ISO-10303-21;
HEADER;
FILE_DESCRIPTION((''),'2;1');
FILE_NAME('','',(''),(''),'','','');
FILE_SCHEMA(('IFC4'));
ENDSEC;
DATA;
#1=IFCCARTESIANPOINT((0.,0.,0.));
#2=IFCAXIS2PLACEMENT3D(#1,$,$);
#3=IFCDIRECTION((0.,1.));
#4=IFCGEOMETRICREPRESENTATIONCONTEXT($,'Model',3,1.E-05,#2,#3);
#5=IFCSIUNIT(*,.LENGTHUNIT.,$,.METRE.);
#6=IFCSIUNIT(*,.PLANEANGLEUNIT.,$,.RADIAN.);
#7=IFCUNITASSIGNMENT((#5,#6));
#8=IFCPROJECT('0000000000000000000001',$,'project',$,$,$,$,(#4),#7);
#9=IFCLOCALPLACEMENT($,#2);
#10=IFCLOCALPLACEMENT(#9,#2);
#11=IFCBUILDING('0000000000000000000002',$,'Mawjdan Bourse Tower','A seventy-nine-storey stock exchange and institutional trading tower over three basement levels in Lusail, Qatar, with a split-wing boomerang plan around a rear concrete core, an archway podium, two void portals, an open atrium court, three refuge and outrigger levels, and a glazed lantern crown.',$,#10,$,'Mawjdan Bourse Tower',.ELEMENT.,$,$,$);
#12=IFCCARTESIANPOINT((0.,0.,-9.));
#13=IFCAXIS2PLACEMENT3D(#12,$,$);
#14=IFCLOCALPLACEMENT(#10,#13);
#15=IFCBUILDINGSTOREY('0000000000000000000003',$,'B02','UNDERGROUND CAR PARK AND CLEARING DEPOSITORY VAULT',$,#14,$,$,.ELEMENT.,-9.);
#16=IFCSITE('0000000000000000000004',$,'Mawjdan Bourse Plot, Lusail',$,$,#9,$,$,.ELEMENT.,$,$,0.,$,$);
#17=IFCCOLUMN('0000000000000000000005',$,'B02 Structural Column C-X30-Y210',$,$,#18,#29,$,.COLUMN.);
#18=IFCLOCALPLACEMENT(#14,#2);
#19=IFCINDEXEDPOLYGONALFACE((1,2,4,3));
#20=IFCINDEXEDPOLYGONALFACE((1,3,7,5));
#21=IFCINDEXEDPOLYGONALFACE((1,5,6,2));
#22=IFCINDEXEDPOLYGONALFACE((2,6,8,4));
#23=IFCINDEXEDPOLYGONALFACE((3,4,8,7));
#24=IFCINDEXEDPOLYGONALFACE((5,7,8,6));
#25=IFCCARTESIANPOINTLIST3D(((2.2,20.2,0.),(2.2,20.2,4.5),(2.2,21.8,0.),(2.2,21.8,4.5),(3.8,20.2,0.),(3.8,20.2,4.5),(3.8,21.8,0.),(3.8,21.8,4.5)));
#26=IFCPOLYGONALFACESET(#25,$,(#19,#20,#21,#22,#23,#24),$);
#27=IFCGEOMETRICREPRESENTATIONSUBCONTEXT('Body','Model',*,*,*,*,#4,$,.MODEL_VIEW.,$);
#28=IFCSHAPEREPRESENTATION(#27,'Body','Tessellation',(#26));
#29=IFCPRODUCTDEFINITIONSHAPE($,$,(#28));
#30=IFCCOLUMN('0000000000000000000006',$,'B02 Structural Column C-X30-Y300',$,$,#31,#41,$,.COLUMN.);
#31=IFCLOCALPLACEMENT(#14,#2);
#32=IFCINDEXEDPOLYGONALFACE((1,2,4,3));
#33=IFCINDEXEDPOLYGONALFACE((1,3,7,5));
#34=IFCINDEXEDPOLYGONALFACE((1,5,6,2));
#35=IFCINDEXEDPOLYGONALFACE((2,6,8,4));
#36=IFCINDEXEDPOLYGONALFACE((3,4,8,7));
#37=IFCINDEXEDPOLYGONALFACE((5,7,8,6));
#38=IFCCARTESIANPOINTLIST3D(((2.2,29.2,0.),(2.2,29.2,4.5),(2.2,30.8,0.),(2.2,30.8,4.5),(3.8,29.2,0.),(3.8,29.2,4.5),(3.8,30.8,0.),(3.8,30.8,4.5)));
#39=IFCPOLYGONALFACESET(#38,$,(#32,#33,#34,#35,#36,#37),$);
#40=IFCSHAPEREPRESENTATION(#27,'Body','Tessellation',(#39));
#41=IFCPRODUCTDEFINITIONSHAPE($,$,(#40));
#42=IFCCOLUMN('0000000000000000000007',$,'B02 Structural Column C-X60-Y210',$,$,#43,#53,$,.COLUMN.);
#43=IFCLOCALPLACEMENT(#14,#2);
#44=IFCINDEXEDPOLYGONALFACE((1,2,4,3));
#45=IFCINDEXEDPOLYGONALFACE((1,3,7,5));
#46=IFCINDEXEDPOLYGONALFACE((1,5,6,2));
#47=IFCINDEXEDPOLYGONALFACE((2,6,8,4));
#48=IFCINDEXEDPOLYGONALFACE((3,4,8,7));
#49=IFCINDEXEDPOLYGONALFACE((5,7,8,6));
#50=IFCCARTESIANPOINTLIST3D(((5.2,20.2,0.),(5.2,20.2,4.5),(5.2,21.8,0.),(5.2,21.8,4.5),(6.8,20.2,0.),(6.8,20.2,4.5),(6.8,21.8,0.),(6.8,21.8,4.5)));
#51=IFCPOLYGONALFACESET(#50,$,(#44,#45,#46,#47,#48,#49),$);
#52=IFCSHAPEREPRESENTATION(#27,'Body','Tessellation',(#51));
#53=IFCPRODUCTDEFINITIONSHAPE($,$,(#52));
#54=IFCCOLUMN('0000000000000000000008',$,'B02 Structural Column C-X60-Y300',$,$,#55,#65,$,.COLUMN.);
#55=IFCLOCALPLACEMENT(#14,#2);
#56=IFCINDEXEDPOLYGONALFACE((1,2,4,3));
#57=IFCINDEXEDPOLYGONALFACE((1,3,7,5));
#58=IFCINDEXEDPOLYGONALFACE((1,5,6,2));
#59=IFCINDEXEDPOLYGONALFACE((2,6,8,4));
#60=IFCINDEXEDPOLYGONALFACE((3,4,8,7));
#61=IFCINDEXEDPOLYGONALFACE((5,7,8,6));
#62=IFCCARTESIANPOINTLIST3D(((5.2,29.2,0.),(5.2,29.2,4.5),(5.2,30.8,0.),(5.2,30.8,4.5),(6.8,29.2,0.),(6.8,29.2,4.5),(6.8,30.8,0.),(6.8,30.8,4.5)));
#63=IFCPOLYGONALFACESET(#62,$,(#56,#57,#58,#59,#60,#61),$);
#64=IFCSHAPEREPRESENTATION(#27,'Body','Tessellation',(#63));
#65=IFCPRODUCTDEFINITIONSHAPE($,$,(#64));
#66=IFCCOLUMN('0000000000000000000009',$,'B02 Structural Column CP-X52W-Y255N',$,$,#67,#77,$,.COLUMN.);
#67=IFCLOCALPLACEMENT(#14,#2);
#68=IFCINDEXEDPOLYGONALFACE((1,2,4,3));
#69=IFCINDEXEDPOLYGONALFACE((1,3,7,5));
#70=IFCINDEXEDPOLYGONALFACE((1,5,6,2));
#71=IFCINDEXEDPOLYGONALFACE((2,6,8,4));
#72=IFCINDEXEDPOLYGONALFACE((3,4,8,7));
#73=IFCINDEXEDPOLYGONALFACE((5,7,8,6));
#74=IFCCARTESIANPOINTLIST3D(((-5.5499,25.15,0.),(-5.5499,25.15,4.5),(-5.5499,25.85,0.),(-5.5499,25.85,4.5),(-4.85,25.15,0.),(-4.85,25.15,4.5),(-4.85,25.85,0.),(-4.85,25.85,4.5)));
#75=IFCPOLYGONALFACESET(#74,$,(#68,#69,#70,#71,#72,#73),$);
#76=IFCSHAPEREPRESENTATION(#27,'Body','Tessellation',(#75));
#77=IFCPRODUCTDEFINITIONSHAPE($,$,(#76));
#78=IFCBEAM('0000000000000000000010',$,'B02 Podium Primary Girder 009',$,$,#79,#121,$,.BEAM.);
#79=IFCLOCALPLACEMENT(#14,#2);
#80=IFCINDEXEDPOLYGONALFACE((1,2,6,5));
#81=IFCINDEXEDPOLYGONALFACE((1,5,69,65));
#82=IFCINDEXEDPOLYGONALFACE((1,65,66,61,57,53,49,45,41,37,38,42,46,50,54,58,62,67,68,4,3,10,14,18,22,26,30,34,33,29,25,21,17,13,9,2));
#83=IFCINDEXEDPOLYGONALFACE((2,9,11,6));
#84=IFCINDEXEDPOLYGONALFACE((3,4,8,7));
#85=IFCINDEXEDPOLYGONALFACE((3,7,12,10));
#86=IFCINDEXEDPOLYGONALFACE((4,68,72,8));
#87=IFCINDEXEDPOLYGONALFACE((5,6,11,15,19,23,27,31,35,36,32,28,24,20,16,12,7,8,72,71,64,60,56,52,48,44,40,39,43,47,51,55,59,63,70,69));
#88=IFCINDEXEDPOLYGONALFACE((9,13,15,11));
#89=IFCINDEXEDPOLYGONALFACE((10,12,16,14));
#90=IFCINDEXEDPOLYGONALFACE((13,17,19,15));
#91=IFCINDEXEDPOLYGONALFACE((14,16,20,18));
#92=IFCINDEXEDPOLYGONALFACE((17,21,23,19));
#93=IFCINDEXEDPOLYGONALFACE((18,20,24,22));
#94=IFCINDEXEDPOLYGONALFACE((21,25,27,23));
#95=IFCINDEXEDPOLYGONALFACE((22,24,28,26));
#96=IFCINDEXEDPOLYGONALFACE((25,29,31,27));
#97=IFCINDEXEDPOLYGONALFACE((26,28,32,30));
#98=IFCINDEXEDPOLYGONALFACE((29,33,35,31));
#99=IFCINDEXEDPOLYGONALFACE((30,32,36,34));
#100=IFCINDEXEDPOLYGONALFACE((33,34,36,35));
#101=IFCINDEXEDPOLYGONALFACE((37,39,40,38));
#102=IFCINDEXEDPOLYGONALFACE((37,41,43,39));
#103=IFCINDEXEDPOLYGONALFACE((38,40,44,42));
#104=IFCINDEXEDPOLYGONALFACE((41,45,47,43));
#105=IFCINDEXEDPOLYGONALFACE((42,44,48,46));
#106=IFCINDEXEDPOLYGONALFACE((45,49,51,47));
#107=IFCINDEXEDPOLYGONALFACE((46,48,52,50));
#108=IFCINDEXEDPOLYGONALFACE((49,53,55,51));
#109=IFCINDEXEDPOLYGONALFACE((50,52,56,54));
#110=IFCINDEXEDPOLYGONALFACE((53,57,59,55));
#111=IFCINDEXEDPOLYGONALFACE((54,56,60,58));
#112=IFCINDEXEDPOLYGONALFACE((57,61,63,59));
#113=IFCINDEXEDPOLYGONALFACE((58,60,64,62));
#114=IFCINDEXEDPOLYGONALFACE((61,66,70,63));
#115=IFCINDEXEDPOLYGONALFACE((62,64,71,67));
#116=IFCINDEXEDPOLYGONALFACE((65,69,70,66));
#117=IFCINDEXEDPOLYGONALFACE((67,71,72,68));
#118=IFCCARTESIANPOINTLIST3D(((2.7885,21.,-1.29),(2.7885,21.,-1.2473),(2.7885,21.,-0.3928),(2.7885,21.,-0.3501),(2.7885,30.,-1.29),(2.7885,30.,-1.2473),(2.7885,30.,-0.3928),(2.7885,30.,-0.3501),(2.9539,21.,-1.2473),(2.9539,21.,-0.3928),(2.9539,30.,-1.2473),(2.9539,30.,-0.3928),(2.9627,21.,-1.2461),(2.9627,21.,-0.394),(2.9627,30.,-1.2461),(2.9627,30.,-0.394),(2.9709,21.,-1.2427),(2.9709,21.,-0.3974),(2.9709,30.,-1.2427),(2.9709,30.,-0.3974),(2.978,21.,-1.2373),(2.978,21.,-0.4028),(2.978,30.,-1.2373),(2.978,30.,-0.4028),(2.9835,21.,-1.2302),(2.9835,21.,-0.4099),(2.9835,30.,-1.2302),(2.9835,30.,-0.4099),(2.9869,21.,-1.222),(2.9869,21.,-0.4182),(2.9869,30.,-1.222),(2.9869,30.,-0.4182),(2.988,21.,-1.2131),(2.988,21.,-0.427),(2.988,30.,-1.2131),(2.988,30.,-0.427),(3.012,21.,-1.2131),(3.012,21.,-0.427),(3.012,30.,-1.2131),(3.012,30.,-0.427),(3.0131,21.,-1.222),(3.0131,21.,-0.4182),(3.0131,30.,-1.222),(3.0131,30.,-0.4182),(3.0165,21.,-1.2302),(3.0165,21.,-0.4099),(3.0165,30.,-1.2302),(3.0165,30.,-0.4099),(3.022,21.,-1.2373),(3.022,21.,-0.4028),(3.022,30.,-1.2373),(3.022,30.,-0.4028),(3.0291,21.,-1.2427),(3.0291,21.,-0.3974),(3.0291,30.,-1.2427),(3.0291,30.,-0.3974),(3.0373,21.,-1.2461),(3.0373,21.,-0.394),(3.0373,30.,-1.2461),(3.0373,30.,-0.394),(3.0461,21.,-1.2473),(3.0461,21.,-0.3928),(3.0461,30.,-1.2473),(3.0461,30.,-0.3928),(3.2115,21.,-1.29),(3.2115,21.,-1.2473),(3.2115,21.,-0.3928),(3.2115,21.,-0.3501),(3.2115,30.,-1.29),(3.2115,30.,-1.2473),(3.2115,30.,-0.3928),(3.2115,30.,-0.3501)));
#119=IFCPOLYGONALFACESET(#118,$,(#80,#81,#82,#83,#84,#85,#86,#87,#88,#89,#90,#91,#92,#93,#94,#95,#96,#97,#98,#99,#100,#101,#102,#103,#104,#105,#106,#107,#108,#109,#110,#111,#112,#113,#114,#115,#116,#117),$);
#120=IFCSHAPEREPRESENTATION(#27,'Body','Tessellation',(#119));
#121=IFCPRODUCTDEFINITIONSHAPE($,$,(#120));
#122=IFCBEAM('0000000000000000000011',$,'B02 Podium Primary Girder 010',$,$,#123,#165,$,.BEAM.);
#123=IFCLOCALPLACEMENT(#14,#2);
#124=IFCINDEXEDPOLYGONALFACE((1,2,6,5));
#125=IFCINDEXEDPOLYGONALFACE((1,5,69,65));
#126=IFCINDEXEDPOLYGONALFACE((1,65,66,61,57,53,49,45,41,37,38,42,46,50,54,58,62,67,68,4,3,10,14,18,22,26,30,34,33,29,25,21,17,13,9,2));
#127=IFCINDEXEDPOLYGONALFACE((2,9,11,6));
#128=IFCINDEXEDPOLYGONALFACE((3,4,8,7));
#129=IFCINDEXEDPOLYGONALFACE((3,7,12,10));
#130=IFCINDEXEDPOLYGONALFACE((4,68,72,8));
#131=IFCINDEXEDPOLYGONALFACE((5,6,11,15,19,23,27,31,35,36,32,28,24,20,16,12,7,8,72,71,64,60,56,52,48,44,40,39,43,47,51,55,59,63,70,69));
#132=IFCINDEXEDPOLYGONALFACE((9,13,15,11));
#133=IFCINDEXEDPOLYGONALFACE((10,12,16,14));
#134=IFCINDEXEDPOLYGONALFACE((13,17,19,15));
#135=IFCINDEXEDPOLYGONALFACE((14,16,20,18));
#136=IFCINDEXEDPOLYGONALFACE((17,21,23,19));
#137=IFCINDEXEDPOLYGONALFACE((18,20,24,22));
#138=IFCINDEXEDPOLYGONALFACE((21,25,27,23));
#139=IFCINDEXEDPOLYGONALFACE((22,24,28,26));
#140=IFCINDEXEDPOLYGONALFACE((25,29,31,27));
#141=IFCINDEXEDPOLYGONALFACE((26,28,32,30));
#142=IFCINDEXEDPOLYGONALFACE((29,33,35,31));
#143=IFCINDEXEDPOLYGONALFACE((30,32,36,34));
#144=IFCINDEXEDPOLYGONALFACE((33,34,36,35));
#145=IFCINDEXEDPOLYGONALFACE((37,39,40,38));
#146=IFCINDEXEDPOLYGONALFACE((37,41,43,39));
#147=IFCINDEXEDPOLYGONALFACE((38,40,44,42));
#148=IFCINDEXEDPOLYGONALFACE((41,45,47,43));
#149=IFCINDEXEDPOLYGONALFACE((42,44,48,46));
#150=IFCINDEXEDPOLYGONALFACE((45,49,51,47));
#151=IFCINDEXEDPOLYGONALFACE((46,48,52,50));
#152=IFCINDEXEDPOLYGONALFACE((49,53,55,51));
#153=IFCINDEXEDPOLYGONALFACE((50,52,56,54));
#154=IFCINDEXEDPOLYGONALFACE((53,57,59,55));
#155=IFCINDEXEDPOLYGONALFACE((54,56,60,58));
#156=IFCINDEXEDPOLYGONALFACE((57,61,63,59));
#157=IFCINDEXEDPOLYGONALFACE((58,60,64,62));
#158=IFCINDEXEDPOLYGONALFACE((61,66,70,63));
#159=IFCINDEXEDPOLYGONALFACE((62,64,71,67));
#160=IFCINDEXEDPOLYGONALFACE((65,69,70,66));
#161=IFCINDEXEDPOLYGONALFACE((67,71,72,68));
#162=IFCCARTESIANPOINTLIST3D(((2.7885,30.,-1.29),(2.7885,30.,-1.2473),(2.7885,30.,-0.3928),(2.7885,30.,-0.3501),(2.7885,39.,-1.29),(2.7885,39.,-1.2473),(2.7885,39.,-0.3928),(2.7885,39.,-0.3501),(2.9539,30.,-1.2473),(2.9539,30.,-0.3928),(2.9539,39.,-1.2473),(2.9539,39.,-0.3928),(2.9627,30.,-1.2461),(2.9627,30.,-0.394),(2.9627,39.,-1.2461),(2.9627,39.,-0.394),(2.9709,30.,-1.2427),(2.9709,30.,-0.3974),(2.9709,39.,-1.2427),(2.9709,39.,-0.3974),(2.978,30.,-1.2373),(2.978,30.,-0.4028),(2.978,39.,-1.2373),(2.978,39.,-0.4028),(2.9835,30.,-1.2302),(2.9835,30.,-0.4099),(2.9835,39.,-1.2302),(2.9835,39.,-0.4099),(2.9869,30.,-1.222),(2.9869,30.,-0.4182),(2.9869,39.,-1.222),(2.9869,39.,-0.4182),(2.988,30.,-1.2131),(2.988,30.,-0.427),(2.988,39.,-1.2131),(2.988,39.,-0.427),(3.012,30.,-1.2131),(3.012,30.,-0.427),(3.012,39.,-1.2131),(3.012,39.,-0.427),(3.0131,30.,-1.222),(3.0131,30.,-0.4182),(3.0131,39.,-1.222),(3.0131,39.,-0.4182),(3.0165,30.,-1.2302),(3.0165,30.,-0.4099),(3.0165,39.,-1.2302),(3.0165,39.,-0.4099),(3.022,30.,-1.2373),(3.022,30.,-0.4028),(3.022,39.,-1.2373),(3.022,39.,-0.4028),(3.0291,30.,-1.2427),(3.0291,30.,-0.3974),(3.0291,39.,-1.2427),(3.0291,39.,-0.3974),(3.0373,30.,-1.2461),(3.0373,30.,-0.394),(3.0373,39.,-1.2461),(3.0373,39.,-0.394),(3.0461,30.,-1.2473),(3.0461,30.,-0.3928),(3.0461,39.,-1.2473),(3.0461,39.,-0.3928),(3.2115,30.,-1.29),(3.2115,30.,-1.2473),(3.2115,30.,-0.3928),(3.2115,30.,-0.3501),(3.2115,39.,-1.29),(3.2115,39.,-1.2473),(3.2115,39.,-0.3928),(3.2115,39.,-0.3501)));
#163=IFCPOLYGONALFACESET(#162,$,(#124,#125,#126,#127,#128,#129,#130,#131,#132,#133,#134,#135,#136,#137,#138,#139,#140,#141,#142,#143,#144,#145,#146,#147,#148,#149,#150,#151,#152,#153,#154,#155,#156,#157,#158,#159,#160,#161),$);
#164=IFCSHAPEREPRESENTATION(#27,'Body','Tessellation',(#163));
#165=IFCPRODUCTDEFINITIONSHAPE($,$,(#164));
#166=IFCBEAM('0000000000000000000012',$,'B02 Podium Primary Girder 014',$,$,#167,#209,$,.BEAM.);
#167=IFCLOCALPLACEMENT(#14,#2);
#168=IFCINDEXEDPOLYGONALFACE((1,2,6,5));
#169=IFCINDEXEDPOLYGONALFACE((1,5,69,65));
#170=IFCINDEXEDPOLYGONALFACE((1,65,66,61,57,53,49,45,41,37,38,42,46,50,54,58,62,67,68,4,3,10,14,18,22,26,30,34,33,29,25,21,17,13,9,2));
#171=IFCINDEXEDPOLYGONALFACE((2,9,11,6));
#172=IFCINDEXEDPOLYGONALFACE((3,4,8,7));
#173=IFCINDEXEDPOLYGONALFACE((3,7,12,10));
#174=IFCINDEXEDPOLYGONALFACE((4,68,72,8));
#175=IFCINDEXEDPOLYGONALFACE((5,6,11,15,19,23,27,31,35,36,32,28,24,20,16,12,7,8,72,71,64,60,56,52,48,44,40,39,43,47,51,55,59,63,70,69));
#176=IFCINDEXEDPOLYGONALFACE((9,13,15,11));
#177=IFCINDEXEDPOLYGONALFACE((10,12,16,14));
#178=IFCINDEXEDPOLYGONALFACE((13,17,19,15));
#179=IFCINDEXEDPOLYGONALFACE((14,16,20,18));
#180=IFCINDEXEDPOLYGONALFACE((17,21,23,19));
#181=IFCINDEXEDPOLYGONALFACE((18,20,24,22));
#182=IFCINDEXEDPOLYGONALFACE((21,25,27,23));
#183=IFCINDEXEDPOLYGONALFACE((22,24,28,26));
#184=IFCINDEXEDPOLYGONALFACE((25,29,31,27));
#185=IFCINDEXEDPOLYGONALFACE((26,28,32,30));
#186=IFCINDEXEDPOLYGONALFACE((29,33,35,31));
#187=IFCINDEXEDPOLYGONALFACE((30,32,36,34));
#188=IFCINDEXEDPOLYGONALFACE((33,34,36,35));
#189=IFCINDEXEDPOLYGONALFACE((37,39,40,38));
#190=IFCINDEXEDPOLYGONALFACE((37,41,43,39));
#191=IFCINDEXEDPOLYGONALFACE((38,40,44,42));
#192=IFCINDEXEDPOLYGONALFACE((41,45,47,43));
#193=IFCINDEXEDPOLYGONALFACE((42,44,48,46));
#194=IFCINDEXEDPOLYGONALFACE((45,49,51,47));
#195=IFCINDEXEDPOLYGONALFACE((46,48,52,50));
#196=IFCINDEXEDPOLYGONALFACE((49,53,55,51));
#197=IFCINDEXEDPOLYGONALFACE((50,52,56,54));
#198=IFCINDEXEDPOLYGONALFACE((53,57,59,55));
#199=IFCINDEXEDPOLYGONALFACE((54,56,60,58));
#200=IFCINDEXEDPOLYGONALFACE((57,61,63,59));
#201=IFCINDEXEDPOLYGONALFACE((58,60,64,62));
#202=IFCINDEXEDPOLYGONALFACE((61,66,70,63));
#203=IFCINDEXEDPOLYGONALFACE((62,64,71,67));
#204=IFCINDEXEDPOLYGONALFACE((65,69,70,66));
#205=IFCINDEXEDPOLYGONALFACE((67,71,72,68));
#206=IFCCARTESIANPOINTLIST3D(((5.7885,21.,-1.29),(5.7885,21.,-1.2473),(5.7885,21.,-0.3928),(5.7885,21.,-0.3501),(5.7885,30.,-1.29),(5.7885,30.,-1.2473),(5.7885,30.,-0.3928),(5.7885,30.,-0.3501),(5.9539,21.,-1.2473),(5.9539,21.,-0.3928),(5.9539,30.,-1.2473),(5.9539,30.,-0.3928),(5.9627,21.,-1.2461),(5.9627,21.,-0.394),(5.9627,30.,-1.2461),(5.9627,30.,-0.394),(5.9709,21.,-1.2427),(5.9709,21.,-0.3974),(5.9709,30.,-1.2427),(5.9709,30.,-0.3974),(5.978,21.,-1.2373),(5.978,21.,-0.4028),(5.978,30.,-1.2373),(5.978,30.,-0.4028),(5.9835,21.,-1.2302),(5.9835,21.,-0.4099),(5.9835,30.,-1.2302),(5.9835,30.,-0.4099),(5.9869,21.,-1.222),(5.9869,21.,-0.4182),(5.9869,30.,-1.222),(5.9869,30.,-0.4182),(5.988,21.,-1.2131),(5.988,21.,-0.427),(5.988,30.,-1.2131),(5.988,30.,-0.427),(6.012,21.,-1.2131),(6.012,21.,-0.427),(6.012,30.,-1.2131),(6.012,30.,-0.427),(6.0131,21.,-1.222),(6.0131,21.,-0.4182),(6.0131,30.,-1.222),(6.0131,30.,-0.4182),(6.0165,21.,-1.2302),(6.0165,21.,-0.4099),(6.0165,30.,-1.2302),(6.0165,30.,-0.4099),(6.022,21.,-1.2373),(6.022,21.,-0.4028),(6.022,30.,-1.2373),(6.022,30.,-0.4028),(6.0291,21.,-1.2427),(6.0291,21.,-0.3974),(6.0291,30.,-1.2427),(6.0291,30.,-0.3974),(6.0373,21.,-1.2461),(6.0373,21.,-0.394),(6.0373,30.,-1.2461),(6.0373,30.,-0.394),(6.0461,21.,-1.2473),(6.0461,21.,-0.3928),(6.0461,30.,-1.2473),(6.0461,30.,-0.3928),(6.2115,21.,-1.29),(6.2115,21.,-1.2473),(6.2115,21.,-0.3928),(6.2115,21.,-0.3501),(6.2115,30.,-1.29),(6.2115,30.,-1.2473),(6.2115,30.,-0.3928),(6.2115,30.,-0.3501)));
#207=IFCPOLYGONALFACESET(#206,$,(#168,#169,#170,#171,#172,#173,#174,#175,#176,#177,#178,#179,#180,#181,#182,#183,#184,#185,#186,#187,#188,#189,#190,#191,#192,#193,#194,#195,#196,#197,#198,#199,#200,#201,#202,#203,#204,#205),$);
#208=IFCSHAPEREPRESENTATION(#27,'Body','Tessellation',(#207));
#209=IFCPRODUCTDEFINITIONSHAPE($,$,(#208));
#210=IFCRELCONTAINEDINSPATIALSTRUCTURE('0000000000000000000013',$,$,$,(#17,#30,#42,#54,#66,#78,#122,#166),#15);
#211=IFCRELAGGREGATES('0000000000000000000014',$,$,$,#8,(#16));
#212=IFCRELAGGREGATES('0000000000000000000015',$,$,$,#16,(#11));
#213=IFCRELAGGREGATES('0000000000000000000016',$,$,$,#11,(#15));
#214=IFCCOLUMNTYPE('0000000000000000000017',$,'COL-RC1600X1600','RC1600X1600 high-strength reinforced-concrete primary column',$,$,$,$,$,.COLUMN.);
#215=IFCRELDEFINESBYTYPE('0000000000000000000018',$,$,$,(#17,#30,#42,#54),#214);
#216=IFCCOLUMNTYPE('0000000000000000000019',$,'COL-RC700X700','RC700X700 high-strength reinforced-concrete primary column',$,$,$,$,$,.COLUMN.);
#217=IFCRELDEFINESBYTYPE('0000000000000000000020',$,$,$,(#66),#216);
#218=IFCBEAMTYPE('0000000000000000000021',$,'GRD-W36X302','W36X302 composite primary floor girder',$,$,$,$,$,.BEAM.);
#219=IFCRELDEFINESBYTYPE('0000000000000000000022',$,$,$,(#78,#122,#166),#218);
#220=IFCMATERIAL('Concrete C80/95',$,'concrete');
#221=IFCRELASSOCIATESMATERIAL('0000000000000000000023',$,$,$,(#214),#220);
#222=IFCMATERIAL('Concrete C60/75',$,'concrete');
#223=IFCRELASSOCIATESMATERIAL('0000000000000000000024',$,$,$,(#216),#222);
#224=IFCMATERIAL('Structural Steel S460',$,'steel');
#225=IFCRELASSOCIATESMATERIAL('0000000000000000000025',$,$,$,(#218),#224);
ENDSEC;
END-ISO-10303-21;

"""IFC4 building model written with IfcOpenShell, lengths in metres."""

from ifc_helpers import new_model, si_unit, direction, frame, origin, origin_2d, place, context, subcontext, project, spatial, rectangle, i_section, extrude, material, material_profile, profile_set, type_object, element, save


model = new_model("IFC4")

# Units and contexts
model_context = context("Model", 3, precision=1e-05, world=origin(), true_north=direction((0.0, 1.0)))
body_context = subcontext(model_context, "Body", "Model", "MODEL_VIEW")
ifc_project = project(units=[si_unit("LENGTHUNIT", "METRE"), si_unit("PLANEANGLEUNIT", "RADIAN")], contexts=[model_context])

# Site, building, storey
site_placement = place(None, origin())
site = spatial("IfcSite", under=ifc_project, at=site_placement, Name="Mawjdan Bourse Plot, Lusail", CompositionType="ELEMENT", RefElevation=0.0)
building_placement = place(site_placement, origin())
building = spatial("IfcBuilding", under=site, at=building_placement, Name="Mawjdan Bourse Tower", Description="A seventy-nine-storey stock exchange and institutional trading tower over three basement levels in Lusail, Qatar, with a split-wing boomerang plan around a rear concrete core, an archway podium, two void portals, an open atrium court, three refuge and outrigger levels, and a glazed lantern crown.", LongName="Mawjdan Bourse Tower", CompositionType="ELEMENT")
storey_placement = place(building_placement, frame((0.0, 0.0, -9.0)))
storey = spatial("IfcBuildingStorey", under=building, at=storey_placement, Name="B02", Description="UNDERGROUND CAR PARK AND CLEARING DEPOSITORY VAULT", CompositionType="ELEMENT", Elevation=-9.0)

# Columns
ifc_material_1 = material(Name="Concrete C80/95", Category="concrete")
ifc_material_profile_1 = material_profile(ifc_material_1, rectangle(XDim=1.6001, YDim=1.6001, at=origin_2d()), Name="RC1600X1600")
ifc_profile_set_1 = profile_set([ifc_material_profile_1], Name="Concrete C80/95")
column_type_1 = type_object("IfcColumnType", Name="COL-RC1600X1600", Description="RC1600X1600 high-strength reinforced-concrete primary column", PredefinedType="COLUMN", material=ifc_profile_set_1)
for number, where, z_axis, x_axis, name in (
    (1, (3.0, 21.0, 0.0), (0.0, 0.0, 1.0), (1.0, 0.0, 0.0), "B02 Structural Column C-X30-Y210"),
    (2, (3.0, 30.0, 0.0), (0.0, 0.0, 1.0), (1.0, 0.0, 0.0), "B02 Structural Column C-X30-Y300"),
    (3, (6.0, 21.0, 0.0), (0.0, 0.0, 1.0), (1.0, 0.0, 0.0), "B02 Structural Column C-X60-Y210"),
    (4, (6.0, 30.0, 0.0), (0.0, 0.0, 1.0), (1.0, 0.0, 0.0), "B02 Structural Column C-X60-Y300"),
):
    element("IfcColumn", number, at=place(storey_placement, frame(where, z_axis=z_axis, x_axis=x_axis)), inside=storey, type_object=column_type_1, Name=name, PredefinedType="COLUMN", context=body_context, shape_type="SweptSolid", body=[
        extrude(rectangle(XDim=1.6001, YDim=1.6001, at=origin_2d()), origin(), (0.0, 0.0, 1.0), 4.5),
    ])
ifc_material_2 = material(Name="Concrete C60/75", Category="concrete")
ifc_material_profile_2 = material_profile(ifc_material_2, rectangle(XDim=0.7, YDim=0.7, at=origin_2d()), Name="RC700X700")
ifc_profile_set_2 = profile_set([ifc_material_profile_2], Name="Concrete C60/75")
column_type_2 = type_object("IfcColumnType", Name="COL-RC700X700", Description="RC700X700 high-strength reinforced-concrete primary column", PredefinedType="COLUMN", material=ifc_profile_set_2)
column_placement = place(storey_placement, frame((-5.2, 25.5, 0.0), z_axis=(0.0, 0.0, 1.0), x_axis=(1.0, 0.0, 0.0)))
element("IfcColumn", 5, at=column_placement, inside=storey, type_object=column_type_2, Name="B02 Structural Column CP-X52W-Y255N", PredefinedType="COLUMN", context=body_context, shape_type="SweptSolid", body=[
    extrude(rectangle(XDim=0.7, YDim=0.7, at=origin_2d()), origin(), (0.0, 0.0, 1.0), 4.5),
])

# Beams
ifc_material_3 = material(Name="Structural Steel S460", Category="steel")
ifc_material_profile_3 = material_profile(ifc_material_3, i_section(OverallWidth=0.4231, OverallDepth=0.9399, WebThickness=0.0239, FlangeThickness=0.0427, FilletRadius=0.0342, at=origin_2d()), Name="W36X302")
ifc_profile_set_3 = profile_set([ifc_material_profile_3], Name="Structural Steel S460")
beam_type_1 = type_object("IfcBeamType", Name="GRD-W36X302", Description="W36X302 composite primary floor girder", PredefinedType="BEAM", material=ifc_profile_set_3)
for number, where, z_axis, x_axis, name in (
    (6, (3.0, 21.0, -0.8201), (0.0, 1.0, 0.0), (-1.0, 0.0, 0.0), "B02 Podium Primary Girder 009"),
    (7, (3.0, 30.0, -0.8201), (0.0, 1.0, 0.0), (-1.0, 0.0, 0.0), "B02 Podium Primary Girder 010"),
    (8, (6.0, 21.0, -0.8201), (0.0, 1.0, 0.0), (-1.0, 0.0, 0.0), "B02 Podium Primary Girder 014"),
):
    element("IfcBeam", number, at=place(storey_placement, frame(where, z_axis=z_axis, x_axis=x_axis)), inside=storey, type_object=beam_type_1, Name=name, PredefinedType="BEAM", context=body_context, shape_type="SweptSolid", body=[
        extrude(i_section(OverallWidth=0.4231, OverallDepth=0.9399, WebThickness=0.0239, FlangeThickness=0.0427, FilletRadius=0.0342, at=origin_2d()), origin(), (0.0, 0.0, 1.0), 9.0),
    ])

save(model, "model.ifc")
